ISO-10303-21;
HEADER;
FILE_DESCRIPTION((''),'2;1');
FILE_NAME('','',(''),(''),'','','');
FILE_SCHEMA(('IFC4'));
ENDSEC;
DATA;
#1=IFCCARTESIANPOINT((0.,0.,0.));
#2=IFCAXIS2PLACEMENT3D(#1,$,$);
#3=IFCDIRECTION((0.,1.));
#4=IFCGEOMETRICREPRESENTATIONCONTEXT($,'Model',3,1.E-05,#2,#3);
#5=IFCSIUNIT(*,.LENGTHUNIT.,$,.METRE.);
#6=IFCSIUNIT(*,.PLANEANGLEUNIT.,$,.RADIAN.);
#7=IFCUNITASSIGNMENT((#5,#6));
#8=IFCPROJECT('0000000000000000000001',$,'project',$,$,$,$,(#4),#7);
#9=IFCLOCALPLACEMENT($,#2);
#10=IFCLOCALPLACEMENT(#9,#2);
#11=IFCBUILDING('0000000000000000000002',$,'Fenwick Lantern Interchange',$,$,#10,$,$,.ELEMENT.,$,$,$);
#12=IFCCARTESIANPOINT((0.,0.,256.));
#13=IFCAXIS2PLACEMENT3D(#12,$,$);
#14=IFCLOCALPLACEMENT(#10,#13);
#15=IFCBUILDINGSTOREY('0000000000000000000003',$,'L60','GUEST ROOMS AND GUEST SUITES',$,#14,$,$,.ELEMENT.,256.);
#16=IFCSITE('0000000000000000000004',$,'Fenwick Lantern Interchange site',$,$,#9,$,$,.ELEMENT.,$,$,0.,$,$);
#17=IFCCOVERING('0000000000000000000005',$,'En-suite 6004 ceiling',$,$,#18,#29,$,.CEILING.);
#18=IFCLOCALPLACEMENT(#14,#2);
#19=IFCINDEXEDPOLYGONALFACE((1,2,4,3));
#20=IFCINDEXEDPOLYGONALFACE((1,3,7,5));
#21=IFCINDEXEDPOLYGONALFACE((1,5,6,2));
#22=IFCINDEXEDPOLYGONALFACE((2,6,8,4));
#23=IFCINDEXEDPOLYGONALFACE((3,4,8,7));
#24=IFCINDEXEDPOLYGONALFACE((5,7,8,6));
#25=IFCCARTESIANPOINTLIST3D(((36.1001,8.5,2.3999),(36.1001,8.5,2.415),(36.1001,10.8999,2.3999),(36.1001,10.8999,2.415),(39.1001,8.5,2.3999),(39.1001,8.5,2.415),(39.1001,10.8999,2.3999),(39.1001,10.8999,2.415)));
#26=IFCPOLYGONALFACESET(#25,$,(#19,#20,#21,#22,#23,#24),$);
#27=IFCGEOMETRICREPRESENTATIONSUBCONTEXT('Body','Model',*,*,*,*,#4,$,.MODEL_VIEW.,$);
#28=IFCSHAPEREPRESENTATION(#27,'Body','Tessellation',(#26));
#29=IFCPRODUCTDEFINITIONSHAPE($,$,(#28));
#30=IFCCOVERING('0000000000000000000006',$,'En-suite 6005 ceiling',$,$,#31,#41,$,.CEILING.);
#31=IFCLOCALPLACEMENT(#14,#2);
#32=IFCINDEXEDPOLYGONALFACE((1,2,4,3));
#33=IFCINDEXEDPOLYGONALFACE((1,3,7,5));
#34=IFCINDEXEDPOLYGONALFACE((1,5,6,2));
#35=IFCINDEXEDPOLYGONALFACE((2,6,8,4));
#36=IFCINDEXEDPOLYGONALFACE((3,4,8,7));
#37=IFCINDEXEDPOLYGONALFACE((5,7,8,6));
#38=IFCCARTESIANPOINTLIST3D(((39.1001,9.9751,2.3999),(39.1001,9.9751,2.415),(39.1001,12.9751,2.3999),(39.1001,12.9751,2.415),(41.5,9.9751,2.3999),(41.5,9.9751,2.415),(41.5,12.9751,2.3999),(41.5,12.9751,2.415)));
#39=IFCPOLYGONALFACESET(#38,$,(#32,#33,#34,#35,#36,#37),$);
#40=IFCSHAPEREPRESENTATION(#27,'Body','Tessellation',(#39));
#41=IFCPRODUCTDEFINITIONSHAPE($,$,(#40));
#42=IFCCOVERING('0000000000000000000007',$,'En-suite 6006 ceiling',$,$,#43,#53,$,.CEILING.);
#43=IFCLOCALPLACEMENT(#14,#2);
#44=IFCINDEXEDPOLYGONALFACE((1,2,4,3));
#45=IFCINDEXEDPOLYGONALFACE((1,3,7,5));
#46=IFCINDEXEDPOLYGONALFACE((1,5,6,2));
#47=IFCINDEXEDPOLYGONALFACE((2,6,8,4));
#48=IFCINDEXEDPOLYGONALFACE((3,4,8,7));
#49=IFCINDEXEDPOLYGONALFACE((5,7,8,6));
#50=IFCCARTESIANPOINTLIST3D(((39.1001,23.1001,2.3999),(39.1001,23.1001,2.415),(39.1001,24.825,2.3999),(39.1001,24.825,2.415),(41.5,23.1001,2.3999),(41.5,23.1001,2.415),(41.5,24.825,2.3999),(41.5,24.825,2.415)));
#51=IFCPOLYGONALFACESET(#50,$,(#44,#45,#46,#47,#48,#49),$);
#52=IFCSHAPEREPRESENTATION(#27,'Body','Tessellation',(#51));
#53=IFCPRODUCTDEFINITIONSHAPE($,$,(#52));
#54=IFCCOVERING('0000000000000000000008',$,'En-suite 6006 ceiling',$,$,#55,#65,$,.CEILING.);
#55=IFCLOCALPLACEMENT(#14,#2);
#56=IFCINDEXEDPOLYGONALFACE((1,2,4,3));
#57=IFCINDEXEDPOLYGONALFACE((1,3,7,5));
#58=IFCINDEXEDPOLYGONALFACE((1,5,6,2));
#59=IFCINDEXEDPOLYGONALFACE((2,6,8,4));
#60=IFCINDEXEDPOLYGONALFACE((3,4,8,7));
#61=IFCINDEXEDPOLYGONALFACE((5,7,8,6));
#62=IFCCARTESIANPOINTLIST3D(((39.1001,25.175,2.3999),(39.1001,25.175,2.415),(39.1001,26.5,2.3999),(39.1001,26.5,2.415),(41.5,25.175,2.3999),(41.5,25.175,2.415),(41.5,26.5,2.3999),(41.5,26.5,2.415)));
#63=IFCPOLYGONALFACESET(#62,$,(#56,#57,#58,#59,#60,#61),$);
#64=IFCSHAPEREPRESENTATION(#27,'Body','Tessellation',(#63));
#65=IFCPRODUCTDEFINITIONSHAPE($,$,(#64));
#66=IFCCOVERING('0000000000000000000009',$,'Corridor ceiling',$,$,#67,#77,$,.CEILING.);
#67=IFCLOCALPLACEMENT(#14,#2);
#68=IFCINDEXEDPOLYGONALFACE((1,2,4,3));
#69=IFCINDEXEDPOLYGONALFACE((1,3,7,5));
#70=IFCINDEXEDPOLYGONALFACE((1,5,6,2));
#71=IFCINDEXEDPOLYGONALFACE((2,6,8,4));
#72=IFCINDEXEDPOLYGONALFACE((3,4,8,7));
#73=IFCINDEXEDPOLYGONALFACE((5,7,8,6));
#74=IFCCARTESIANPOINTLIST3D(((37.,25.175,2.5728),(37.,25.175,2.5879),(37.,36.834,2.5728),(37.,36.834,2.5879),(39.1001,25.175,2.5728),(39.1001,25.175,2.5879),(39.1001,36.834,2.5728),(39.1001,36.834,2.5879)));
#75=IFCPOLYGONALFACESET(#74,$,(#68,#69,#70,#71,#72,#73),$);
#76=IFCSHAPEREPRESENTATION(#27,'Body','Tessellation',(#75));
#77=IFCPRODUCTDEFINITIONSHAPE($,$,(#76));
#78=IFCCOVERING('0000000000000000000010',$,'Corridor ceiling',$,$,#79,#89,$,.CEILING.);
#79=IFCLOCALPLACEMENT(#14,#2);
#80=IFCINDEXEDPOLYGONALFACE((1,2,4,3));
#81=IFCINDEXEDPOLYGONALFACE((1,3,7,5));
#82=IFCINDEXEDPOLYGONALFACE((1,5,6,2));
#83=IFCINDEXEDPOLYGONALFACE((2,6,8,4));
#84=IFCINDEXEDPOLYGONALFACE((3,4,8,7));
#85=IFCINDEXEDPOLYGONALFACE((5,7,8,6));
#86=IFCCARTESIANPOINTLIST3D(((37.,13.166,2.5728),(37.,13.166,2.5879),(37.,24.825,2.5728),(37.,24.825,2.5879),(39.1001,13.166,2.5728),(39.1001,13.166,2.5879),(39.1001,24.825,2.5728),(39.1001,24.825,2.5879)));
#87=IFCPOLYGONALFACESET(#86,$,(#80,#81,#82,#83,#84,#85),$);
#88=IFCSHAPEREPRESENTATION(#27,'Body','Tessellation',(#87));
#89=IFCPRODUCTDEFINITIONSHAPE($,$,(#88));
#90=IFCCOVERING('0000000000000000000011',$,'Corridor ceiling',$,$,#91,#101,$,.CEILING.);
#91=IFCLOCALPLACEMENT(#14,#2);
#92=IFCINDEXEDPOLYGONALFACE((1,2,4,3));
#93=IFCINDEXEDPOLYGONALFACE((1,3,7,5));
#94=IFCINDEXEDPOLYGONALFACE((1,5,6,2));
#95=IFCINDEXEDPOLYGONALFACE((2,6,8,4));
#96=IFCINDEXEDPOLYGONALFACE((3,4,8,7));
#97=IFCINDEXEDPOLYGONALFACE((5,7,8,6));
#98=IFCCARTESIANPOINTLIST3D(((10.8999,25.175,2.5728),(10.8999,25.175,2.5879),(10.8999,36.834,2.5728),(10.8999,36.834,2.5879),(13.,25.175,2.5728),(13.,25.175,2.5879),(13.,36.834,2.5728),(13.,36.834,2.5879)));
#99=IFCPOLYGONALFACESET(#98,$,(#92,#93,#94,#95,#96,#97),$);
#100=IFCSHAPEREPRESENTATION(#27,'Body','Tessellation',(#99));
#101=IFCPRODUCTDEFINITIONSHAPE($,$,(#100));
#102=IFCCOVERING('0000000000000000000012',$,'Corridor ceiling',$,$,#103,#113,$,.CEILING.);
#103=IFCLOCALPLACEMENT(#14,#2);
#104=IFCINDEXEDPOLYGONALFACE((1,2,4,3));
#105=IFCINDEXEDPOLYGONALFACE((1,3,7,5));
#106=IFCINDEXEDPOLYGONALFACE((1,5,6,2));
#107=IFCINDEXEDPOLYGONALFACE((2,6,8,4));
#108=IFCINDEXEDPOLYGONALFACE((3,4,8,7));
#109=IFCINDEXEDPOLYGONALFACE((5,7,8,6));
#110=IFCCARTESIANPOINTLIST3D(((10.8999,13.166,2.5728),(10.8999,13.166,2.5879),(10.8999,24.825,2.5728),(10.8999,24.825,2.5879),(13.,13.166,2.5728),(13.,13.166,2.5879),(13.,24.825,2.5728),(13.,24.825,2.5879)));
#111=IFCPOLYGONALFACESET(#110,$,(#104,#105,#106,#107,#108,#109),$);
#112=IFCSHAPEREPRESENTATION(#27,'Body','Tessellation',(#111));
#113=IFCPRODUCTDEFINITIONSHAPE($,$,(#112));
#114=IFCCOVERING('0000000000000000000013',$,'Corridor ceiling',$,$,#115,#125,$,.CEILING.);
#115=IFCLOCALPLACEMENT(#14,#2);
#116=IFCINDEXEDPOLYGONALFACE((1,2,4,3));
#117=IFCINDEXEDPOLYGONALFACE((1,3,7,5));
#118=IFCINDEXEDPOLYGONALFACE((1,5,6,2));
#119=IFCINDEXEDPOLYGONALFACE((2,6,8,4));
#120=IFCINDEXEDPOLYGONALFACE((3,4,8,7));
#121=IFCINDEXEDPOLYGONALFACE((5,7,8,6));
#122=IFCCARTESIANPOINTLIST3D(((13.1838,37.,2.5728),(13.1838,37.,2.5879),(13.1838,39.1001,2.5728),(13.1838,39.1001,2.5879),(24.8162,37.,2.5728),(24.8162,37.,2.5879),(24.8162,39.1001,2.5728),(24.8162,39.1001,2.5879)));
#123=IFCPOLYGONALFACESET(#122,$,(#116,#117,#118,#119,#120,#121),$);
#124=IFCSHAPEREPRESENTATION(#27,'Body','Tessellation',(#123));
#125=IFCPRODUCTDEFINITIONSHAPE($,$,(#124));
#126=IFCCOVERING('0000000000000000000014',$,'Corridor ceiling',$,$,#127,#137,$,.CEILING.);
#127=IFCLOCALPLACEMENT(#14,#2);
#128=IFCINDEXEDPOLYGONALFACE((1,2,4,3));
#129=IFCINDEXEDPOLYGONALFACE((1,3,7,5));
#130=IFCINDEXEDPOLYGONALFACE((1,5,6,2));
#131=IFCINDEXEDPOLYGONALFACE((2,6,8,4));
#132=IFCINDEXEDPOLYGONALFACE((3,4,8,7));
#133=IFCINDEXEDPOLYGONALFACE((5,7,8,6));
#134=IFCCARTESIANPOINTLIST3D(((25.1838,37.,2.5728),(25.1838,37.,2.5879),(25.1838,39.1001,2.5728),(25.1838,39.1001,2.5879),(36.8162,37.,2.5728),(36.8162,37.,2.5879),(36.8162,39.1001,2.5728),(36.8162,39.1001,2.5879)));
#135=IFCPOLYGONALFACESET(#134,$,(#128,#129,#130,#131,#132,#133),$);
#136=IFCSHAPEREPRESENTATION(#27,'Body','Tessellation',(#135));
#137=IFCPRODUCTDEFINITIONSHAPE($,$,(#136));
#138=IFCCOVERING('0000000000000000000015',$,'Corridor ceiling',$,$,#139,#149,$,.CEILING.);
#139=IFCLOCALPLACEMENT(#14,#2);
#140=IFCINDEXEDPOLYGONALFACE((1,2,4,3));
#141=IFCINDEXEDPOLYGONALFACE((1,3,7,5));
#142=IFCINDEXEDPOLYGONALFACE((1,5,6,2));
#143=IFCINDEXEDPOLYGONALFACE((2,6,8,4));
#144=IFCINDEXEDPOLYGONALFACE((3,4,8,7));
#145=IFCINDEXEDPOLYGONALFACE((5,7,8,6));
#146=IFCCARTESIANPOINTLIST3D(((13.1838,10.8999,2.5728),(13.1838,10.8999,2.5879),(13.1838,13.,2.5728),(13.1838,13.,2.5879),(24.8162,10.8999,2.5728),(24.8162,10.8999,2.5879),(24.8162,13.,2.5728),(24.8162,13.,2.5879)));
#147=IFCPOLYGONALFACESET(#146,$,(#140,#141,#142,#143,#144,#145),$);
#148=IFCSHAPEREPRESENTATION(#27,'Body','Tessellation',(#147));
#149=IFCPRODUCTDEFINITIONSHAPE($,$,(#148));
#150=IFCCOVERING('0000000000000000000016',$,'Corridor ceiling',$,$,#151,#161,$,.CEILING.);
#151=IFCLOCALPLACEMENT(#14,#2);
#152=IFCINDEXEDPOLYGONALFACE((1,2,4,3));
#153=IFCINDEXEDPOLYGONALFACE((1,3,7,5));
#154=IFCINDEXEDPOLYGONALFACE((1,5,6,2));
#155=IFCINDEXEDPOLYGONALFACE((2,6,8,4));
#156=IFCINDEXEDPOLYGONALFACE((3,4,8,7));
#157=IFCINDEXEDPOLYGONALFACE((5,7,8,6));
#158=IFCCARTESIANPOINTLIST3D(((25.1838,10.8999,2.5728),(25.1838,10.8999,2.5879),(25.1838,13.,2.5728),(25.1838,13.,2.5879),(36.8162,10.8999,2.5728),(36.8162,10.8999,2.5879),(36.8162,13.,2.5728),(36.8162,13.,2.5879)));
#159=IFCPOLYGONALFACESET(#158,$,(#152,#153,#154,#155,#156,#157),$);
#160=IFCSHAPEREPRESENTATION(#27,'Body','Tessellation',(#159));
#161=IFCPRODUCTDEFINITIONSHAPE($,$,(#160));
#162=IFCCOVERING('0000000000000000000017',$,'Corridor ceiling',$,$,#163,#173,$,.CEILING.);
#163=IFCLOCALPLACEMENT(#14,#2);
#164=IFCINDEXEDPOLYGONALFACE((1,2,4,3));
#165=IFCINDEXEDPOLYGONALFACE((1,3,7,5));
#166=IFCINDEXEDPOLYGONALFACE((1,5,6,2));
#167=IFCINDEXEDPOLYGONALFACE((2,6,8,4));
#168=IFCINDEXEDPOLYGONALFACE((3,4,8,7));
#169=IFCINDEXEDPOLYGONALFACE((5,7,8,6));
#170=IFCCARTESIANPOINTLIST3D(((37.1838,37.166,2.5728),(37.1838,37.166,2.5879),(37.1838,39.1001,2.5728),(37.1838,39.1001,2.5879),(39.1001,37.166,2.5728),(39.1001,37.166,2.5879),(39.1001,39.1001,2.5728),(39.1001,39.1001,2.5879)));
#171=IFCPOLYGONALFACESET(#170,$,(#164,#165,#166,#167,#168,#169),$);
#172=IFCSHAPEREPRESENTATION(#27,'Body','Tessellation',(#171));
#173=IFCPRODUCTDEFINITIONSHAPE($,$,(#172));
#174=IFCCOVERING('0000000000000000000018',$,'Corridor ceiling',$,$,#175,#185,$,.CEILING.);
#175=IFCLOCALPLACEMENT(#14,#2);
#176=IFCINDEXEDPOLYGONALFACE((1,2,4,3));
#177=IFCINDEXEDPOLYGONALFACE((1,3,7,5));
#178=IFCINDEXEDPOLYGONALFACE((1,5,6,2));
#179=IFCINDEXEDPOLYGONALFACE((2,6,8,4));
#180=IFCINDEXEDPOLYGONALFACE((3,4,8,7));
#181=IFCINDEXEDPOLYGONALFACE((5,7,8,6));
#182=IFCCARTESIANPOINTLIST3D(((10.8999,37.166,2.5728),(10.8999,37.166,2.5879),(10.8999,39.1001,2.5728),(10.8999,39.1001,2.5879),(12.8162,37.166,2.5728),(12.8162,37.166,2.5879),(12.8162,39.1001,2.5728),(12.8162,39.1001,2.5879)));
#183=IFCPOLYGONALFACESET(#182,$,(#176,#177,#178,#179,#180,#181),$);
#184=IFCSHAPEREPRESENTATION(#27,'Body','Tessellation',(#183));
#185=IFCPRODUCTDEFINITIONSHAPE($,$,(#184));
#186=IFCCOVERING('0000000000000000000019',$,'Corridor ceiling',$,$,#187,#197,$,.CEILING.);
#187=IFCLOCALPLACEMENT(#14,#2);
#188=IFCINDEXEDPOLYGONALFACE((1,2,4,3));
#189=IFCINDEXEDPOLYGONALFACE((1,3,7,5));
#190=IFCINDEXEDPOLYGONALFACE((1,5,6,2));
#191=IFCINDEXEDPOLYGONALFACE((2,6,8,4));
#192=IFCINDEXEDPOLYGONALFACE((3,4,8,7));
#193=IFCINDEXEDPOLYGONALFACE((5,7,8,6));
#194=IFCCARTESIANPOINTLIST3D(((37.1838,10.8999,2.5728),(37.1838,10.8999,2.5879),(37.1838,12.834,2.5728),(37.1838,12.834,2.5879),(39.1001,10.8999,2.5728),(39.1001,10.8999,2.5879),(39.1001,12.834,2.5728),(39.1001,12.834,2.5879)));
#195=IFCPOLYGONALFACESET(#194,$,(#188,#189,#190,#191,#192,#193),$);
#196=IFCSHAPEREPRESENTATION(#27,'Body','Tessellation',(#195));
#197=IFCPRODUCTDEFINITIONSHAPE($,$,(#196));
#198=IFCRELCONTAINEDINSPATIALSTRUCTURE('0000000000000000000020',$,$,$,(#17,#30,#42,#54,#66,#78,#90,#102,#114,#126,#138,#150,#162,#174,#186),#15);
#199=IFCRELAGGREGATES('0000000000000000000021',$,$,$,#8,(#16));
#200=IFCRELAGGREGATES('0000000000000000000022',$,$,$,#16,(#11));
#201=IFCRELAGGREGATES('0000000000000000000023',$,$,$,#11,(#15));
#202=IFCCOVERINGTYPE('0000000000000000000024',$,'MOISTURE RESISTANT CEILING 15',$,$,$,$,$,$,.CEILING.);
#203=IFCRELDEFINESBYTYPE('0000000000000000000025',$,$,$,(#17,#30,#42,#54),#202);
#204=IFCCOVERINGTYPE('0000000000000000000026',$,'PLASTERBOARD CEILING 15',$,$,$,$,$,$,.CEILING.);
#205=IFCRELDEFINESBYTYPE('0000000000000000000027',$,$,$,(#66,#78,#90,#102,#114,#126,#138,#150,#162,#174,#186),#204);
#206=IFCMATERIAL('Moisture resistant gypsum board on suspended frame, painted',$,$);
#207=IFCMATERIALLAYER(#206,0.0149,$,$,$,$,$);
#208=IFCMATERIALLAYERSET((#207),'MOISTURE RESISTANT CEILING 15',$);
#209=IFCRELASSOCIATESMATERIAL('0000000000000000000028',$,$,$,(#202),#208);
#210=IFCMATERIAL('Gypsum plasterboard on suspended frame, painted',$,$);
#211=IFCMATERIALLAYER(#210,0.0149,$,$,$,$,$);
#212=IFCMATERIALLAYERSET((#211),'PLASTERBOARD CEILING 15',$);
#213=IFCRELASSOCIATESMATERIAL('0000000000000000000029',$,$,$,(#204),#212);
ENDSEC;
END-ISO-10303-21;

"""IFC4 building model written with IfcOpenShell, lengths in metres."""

from ifc_helpers import new_model, si_unit, direction, frame, origin, place, context, subcontext, project, spatial, polyline, outline, extrude, material, layer, layer_set, type_object, element, save


model = new_model("IFC4")

# Units and contexts
model_context = context("Model", 3, precision=1e-05, world=origin(), true_north=direction((0.0, 1.0)))
body_context = subcontext(model_context, "Body", "Model", "MODEL_VIEW")
ifc_project = project(units=[si_unit("LENGTHUNIT", "METRE"), si_unit("PLANEANGLEUNIT", "RADIAN")], contexts=[model_context])

# Site, building, storey
site_placement = place(None, origin())
site = spatial("IfcSite", under=ifc_project, at=site_placement, Name="Fenwick Lantern Interchange site", CompositionType="ELEMENT", RefElevation=0.0)
building_placement = place(site_placement, origin())
building = spatial("IfcBuilding", under=site, at=building_placement, Name="Fenwick Lantern Interchange", CompositionType="ELEMENT")
storey_placement = place(building_placement, frame((0.0, 0.0, 256.0)))
storey = spatial("IfcBuildingStorey", under=building, at=storey_placement, Name="L60", Description="GUEST ROOMS AND GUEST SUITES", CompositionType="ELEMENT", Elevation=256.0)

# Coverings
ifc_material_1 = material(Name="Moisture resistant gypsum board on suspended frame, painted")
ifc_layer_1 = layer(ifc_material_1, 0.0149)
ifc_layer_set_1 = layer_set([ifc_layer_1], Name="MOISTURE RESISTANT CEILING 15")
covering_type_1 = type_object("IfcCoveringType", Name="MOISTURE RESISTANT CEILING 15", PredefinedType="CEILING", material=ifc_layer_set_1)
covering_1_placement = place(storey_placement, frame((0.0, 0.0, 2.3999)))
element("IfcCovering", 1, at=covering_1_placement, inside=storey, type_object=covering_type_1, Name="En-suite 6004 ceiling", PredefinedType="CEILING", context=body_context, shape_type="SweptSolid", body=[
    extrude(outline(polyline([(36.1001, 8.5), (39.1001, 8.5), (39.1001, 10.8999), (36.1001, 10.8999), (36.1001, 8.5)])), origin(), (0.0, 0.0, 1.0), 0.0151),
])
covering_2_placement = place(storey_placement, frame((0.0, 0.0, 2.3999)))
element("IfcCovering", 2, at=covering_2_placement, inside=storey, type_object=covering_type_1, Name="En-suite 6005 ceiling", PredefinedType="CEILING", context=body_context, shape_type="SweptSolid", body=[
    extrude(outline(polyline([(41.5, 9.9751), (41.5, 12.9751), (39.1001, 12.9751), (39.1001, 9.9751), (41.5, 9.9751)])), origin(), (0.0, 0.0, 1.0), 0.0151),
])
covering_3_placement = place(storey_placement, frame((0.0, 0.0, 2.3999)))
element("IfcCovering", 3, at=covering_3_placement, inside=storey, type_object=covering_type_1, Name="En-suite 6006 ceiling", PredefinedType="CEILING", context=body_context, shape_type="SweptSolid", body=[
    extrude(outline(polyline([(41.5, 23.1001), (41.5, 24.825), (39.1001, 24.825), (39.1001, 23.1001), (41.5, 23.1001)])), origin(), (0.0, 0.0, 1.0), 0.0151),
])
covering_4_placement = place(storey_placement, frame((0.0, 0.0, 2.3999)))
element("IfcCovering", 4, at=covering_4_placement, inside=storey, type_object=covering_type_1, Name="En-suite 6006 ceiling", PredefinedType="CEILING", context=body_context, shape_type="SweptSolid", body=[
    extrude(outline(polyline([(39.1001, 26.5), (39.1001, 25.175), (41.5, 25.175), (41.5, 26.5), (39.1001, 26.5)])), origin(), (0.0, 0.0, 1.0), 0.0151),
])
ifc_material_2 = material(Name="Gypsum plasterboard on suspended frame, painted")
ifc_layer_2 = layer(ifc_material_2, 0.0149)
ifc_layer_set_2 = layer_set([ifc_layer_2], Name="PLASTERBOARD CEILING 15")
covering_type_2 = type_object("IfcCoveringType", Name="PLASTERBOARD CEILING 15", PredefinedType="CEILING", material=ifc_layer_set_2)
covering_5_placement = place(storey_placement, frame((0.0, 0.0, 2.5728)))
element("IfcCovering", 5, at=covering_5_placement, inside=storey, type_object=covering_type_2, Name="Corridor ceiling", PredefinedType="CEILING", context=body_context, shape_type="SweptSolid", body=[
    extrude(outline(polyline([(39.1001, 25.175), (39.1001, 36.834), (37.0, 36.834), (37.0, 25.175), (39.1001, 25.175)])), origin(), (0.0, 0.0, 1.0), 0.0151),
])
covering_6_placement = place(storey_placement, frame((0.0, 0.0, 2.5728)))
element("IfcCovering", 6, at=covering_6_placement, inside=storey, type_object=covering_type_2, Name="Corridor ceiling", PredefinedType="CEILING", context=body_context, shape_type="SweptSolid", body=[
    extrude(outline(polyline([(39.1001, 13.166), (39.1001, 24.825), (37.0, 24.825), (37.0, 13.166), (39.1001, 13.166)])), origin(), (0.0, 0.0, 1.0), 0.0151),
])
covering_7_placement = place(storey_placement, frame((0.0, 0.0, 2.5728)))
element("IfcCovering", 7, at=covering_7_placement, inside=storey, type_object=covering_type_2, Name="Corridor ceiling", PredefinedType="CEILING", context=body_context, shape_type="SweptSolid", body=[
    extrude(outline(polyline([(10.8999, 36.834), (10.8999, 25.175), (13.0, 25.175), (13.0, 36.834), (10.8999, 36.834)])), origin(), (0.0, 0.0, 1.0), 0.0151),
])
covering_8_placement = place(storey_placement, frame((0.0, 0.0, 2.5728)))
element("IfcCovering", 8, at=covering_8_placement, inside=storey, type_object=covering_type_2, Name="Corridor ceiling", PredefinedType="CEILING", context=body_context, shape_type="SweptSolid", body=[
    extrude(outline(polyline([(10.8999, 24.825), (10.8999, 13.166), (13.0, 13.166), (13.0, 24.825), (10.8999, 24.825)])), origin(), (0.0, 0.0, 1.0), 0.0151),
])
covering_9_placement = place(storey_placement, frame((0.0, 0.0, 2.5728)))
element("IfcCovering", 9, at=covering_9_placement, inside=storey, type_object=covering_type_2, Name="Corridor ceiling", PredefinedType="CEILING", context=body_context, shape_type="SweptSolid", body=[
    extrude(outline(polyline([(24.8162, 39.1001), (13.1838, 39.1001), (13.1838, 37.0), (24.8162, 37.0), (24.8162, 39.1001)])), origin(), (0.0, 0.0, 1.0), 0.0151),
])
covering_10_placement = place(storey_placement, frame((0.0, 0.0, 2.5728)))
element("IfcCovering", 10, at=covering_10_placement, inside=storey, type_object=covering_type_2, Name="Corridor ceiling", PredefinedType="CEILING", context=body_context, shape_type="SweptSolid", body=[
    extrude(outline(polyline([(36.8162, 39.1001), (25.1838, 39.1001), (25.1838, 37.0), (36.8162, 37.0), (36.8162, 39.1001)])), origin(), (0.0, 0.0, 1.0), 0.0151),
])
covering_11_placement = place(storey_placement, frame((0.0, 0.0, 2.5728)))
element("IfcCovering", 11, at=covering_11_placement, inside=storey, type_object=covering_type_2, Name="Corridor ceiling", PredefinedType="CEILING", context=body_context, shape_type="SweptSolid", body=[
    extrude(outline(polyline([(13.1838, 10.8999), (24.8162, 10.8999), (24.8162, 13.0), (13.1838, 13.0), (13.1838, 10.8999)])), origin(), (0.0, 0.0, 1.0), 0.0151),
])
covering_12_placement = place(storey_placement, frame((0.0, 0.0, 2.5728)))
element("IfcCovering", 12, at=covering_12_placement, inside=storey, type_object=covering_type_2, Name="Corridor ceiling", PredefinedType="CEILING", context=body_context, shape_type="SweptSolid", body=[
    extrude(outline(polyline([(25.1838, 10.8999), (36.8162, 10.8999), (36.8162, 13.0), (25.1838, 13.0), (25.1838, 10.8999)])), origin(), (0.0, 0.0, 1.0), 0.0151),
])
covering_13_placement = place(storey_placement, frame((0.0, 0.0, 2.5728)))
element("IfcCovering", 13, at=covering_13_placement, inside=storey, type_object=covering_type_2, Name="Corridor ceiling", PredefinedType="CEILING", context=body_context, shape_type="SweptSolid", body=[
    extrude(outline(polyline([(39.1001, 39.1001), (37.1838, 39.1001), (37.1838, 37.166), (39.1001, 37.166), (39.1001, 39.1001)])), origin(), (0.0, 0.0, 1.0), 0.0151),
])
covering_14_placement = place(storey_placement, frame((0.0, 0.0, 2.5728)))
element("IfcCovering", 14, at=covering_14_placement, inside=storey, type_object=covering_type_2, Name="Corridor ceiling", PredefinedType="CEILING", context=body_context, shape_type="SweptSolid", body=[
    extrude(outline(polyline([(12.8162, 39.1001), (10.8999, 39.1001), (10.8999, 37.166), (12.8162, 37.166), (12.8162, 39.1001)])), origin(), (0.0, 0.0, 1.0), 0.0151),
])
covering_15_placement = place(storey_placement, frame((0.0, 0.0, 2.5728)))
element("IfcCovering", 15, at=covering_15_placement, inside=storey, type_object=covering_type_2, Name="Corridor ceiling", PredefinedType="CEILING", context=body_context, shape_type="SweptSolid", body=[
    extrude(outline(polyline([(39.1001, 10.8999), (39.1001, 12.834), (37.1838, 12.834), (37.1838, 10.8999), (39.1001, 10.8999)])), origin(), (0.0, 0.0, 1.0), 0.0151),
])

save(model, "model.ifc")
